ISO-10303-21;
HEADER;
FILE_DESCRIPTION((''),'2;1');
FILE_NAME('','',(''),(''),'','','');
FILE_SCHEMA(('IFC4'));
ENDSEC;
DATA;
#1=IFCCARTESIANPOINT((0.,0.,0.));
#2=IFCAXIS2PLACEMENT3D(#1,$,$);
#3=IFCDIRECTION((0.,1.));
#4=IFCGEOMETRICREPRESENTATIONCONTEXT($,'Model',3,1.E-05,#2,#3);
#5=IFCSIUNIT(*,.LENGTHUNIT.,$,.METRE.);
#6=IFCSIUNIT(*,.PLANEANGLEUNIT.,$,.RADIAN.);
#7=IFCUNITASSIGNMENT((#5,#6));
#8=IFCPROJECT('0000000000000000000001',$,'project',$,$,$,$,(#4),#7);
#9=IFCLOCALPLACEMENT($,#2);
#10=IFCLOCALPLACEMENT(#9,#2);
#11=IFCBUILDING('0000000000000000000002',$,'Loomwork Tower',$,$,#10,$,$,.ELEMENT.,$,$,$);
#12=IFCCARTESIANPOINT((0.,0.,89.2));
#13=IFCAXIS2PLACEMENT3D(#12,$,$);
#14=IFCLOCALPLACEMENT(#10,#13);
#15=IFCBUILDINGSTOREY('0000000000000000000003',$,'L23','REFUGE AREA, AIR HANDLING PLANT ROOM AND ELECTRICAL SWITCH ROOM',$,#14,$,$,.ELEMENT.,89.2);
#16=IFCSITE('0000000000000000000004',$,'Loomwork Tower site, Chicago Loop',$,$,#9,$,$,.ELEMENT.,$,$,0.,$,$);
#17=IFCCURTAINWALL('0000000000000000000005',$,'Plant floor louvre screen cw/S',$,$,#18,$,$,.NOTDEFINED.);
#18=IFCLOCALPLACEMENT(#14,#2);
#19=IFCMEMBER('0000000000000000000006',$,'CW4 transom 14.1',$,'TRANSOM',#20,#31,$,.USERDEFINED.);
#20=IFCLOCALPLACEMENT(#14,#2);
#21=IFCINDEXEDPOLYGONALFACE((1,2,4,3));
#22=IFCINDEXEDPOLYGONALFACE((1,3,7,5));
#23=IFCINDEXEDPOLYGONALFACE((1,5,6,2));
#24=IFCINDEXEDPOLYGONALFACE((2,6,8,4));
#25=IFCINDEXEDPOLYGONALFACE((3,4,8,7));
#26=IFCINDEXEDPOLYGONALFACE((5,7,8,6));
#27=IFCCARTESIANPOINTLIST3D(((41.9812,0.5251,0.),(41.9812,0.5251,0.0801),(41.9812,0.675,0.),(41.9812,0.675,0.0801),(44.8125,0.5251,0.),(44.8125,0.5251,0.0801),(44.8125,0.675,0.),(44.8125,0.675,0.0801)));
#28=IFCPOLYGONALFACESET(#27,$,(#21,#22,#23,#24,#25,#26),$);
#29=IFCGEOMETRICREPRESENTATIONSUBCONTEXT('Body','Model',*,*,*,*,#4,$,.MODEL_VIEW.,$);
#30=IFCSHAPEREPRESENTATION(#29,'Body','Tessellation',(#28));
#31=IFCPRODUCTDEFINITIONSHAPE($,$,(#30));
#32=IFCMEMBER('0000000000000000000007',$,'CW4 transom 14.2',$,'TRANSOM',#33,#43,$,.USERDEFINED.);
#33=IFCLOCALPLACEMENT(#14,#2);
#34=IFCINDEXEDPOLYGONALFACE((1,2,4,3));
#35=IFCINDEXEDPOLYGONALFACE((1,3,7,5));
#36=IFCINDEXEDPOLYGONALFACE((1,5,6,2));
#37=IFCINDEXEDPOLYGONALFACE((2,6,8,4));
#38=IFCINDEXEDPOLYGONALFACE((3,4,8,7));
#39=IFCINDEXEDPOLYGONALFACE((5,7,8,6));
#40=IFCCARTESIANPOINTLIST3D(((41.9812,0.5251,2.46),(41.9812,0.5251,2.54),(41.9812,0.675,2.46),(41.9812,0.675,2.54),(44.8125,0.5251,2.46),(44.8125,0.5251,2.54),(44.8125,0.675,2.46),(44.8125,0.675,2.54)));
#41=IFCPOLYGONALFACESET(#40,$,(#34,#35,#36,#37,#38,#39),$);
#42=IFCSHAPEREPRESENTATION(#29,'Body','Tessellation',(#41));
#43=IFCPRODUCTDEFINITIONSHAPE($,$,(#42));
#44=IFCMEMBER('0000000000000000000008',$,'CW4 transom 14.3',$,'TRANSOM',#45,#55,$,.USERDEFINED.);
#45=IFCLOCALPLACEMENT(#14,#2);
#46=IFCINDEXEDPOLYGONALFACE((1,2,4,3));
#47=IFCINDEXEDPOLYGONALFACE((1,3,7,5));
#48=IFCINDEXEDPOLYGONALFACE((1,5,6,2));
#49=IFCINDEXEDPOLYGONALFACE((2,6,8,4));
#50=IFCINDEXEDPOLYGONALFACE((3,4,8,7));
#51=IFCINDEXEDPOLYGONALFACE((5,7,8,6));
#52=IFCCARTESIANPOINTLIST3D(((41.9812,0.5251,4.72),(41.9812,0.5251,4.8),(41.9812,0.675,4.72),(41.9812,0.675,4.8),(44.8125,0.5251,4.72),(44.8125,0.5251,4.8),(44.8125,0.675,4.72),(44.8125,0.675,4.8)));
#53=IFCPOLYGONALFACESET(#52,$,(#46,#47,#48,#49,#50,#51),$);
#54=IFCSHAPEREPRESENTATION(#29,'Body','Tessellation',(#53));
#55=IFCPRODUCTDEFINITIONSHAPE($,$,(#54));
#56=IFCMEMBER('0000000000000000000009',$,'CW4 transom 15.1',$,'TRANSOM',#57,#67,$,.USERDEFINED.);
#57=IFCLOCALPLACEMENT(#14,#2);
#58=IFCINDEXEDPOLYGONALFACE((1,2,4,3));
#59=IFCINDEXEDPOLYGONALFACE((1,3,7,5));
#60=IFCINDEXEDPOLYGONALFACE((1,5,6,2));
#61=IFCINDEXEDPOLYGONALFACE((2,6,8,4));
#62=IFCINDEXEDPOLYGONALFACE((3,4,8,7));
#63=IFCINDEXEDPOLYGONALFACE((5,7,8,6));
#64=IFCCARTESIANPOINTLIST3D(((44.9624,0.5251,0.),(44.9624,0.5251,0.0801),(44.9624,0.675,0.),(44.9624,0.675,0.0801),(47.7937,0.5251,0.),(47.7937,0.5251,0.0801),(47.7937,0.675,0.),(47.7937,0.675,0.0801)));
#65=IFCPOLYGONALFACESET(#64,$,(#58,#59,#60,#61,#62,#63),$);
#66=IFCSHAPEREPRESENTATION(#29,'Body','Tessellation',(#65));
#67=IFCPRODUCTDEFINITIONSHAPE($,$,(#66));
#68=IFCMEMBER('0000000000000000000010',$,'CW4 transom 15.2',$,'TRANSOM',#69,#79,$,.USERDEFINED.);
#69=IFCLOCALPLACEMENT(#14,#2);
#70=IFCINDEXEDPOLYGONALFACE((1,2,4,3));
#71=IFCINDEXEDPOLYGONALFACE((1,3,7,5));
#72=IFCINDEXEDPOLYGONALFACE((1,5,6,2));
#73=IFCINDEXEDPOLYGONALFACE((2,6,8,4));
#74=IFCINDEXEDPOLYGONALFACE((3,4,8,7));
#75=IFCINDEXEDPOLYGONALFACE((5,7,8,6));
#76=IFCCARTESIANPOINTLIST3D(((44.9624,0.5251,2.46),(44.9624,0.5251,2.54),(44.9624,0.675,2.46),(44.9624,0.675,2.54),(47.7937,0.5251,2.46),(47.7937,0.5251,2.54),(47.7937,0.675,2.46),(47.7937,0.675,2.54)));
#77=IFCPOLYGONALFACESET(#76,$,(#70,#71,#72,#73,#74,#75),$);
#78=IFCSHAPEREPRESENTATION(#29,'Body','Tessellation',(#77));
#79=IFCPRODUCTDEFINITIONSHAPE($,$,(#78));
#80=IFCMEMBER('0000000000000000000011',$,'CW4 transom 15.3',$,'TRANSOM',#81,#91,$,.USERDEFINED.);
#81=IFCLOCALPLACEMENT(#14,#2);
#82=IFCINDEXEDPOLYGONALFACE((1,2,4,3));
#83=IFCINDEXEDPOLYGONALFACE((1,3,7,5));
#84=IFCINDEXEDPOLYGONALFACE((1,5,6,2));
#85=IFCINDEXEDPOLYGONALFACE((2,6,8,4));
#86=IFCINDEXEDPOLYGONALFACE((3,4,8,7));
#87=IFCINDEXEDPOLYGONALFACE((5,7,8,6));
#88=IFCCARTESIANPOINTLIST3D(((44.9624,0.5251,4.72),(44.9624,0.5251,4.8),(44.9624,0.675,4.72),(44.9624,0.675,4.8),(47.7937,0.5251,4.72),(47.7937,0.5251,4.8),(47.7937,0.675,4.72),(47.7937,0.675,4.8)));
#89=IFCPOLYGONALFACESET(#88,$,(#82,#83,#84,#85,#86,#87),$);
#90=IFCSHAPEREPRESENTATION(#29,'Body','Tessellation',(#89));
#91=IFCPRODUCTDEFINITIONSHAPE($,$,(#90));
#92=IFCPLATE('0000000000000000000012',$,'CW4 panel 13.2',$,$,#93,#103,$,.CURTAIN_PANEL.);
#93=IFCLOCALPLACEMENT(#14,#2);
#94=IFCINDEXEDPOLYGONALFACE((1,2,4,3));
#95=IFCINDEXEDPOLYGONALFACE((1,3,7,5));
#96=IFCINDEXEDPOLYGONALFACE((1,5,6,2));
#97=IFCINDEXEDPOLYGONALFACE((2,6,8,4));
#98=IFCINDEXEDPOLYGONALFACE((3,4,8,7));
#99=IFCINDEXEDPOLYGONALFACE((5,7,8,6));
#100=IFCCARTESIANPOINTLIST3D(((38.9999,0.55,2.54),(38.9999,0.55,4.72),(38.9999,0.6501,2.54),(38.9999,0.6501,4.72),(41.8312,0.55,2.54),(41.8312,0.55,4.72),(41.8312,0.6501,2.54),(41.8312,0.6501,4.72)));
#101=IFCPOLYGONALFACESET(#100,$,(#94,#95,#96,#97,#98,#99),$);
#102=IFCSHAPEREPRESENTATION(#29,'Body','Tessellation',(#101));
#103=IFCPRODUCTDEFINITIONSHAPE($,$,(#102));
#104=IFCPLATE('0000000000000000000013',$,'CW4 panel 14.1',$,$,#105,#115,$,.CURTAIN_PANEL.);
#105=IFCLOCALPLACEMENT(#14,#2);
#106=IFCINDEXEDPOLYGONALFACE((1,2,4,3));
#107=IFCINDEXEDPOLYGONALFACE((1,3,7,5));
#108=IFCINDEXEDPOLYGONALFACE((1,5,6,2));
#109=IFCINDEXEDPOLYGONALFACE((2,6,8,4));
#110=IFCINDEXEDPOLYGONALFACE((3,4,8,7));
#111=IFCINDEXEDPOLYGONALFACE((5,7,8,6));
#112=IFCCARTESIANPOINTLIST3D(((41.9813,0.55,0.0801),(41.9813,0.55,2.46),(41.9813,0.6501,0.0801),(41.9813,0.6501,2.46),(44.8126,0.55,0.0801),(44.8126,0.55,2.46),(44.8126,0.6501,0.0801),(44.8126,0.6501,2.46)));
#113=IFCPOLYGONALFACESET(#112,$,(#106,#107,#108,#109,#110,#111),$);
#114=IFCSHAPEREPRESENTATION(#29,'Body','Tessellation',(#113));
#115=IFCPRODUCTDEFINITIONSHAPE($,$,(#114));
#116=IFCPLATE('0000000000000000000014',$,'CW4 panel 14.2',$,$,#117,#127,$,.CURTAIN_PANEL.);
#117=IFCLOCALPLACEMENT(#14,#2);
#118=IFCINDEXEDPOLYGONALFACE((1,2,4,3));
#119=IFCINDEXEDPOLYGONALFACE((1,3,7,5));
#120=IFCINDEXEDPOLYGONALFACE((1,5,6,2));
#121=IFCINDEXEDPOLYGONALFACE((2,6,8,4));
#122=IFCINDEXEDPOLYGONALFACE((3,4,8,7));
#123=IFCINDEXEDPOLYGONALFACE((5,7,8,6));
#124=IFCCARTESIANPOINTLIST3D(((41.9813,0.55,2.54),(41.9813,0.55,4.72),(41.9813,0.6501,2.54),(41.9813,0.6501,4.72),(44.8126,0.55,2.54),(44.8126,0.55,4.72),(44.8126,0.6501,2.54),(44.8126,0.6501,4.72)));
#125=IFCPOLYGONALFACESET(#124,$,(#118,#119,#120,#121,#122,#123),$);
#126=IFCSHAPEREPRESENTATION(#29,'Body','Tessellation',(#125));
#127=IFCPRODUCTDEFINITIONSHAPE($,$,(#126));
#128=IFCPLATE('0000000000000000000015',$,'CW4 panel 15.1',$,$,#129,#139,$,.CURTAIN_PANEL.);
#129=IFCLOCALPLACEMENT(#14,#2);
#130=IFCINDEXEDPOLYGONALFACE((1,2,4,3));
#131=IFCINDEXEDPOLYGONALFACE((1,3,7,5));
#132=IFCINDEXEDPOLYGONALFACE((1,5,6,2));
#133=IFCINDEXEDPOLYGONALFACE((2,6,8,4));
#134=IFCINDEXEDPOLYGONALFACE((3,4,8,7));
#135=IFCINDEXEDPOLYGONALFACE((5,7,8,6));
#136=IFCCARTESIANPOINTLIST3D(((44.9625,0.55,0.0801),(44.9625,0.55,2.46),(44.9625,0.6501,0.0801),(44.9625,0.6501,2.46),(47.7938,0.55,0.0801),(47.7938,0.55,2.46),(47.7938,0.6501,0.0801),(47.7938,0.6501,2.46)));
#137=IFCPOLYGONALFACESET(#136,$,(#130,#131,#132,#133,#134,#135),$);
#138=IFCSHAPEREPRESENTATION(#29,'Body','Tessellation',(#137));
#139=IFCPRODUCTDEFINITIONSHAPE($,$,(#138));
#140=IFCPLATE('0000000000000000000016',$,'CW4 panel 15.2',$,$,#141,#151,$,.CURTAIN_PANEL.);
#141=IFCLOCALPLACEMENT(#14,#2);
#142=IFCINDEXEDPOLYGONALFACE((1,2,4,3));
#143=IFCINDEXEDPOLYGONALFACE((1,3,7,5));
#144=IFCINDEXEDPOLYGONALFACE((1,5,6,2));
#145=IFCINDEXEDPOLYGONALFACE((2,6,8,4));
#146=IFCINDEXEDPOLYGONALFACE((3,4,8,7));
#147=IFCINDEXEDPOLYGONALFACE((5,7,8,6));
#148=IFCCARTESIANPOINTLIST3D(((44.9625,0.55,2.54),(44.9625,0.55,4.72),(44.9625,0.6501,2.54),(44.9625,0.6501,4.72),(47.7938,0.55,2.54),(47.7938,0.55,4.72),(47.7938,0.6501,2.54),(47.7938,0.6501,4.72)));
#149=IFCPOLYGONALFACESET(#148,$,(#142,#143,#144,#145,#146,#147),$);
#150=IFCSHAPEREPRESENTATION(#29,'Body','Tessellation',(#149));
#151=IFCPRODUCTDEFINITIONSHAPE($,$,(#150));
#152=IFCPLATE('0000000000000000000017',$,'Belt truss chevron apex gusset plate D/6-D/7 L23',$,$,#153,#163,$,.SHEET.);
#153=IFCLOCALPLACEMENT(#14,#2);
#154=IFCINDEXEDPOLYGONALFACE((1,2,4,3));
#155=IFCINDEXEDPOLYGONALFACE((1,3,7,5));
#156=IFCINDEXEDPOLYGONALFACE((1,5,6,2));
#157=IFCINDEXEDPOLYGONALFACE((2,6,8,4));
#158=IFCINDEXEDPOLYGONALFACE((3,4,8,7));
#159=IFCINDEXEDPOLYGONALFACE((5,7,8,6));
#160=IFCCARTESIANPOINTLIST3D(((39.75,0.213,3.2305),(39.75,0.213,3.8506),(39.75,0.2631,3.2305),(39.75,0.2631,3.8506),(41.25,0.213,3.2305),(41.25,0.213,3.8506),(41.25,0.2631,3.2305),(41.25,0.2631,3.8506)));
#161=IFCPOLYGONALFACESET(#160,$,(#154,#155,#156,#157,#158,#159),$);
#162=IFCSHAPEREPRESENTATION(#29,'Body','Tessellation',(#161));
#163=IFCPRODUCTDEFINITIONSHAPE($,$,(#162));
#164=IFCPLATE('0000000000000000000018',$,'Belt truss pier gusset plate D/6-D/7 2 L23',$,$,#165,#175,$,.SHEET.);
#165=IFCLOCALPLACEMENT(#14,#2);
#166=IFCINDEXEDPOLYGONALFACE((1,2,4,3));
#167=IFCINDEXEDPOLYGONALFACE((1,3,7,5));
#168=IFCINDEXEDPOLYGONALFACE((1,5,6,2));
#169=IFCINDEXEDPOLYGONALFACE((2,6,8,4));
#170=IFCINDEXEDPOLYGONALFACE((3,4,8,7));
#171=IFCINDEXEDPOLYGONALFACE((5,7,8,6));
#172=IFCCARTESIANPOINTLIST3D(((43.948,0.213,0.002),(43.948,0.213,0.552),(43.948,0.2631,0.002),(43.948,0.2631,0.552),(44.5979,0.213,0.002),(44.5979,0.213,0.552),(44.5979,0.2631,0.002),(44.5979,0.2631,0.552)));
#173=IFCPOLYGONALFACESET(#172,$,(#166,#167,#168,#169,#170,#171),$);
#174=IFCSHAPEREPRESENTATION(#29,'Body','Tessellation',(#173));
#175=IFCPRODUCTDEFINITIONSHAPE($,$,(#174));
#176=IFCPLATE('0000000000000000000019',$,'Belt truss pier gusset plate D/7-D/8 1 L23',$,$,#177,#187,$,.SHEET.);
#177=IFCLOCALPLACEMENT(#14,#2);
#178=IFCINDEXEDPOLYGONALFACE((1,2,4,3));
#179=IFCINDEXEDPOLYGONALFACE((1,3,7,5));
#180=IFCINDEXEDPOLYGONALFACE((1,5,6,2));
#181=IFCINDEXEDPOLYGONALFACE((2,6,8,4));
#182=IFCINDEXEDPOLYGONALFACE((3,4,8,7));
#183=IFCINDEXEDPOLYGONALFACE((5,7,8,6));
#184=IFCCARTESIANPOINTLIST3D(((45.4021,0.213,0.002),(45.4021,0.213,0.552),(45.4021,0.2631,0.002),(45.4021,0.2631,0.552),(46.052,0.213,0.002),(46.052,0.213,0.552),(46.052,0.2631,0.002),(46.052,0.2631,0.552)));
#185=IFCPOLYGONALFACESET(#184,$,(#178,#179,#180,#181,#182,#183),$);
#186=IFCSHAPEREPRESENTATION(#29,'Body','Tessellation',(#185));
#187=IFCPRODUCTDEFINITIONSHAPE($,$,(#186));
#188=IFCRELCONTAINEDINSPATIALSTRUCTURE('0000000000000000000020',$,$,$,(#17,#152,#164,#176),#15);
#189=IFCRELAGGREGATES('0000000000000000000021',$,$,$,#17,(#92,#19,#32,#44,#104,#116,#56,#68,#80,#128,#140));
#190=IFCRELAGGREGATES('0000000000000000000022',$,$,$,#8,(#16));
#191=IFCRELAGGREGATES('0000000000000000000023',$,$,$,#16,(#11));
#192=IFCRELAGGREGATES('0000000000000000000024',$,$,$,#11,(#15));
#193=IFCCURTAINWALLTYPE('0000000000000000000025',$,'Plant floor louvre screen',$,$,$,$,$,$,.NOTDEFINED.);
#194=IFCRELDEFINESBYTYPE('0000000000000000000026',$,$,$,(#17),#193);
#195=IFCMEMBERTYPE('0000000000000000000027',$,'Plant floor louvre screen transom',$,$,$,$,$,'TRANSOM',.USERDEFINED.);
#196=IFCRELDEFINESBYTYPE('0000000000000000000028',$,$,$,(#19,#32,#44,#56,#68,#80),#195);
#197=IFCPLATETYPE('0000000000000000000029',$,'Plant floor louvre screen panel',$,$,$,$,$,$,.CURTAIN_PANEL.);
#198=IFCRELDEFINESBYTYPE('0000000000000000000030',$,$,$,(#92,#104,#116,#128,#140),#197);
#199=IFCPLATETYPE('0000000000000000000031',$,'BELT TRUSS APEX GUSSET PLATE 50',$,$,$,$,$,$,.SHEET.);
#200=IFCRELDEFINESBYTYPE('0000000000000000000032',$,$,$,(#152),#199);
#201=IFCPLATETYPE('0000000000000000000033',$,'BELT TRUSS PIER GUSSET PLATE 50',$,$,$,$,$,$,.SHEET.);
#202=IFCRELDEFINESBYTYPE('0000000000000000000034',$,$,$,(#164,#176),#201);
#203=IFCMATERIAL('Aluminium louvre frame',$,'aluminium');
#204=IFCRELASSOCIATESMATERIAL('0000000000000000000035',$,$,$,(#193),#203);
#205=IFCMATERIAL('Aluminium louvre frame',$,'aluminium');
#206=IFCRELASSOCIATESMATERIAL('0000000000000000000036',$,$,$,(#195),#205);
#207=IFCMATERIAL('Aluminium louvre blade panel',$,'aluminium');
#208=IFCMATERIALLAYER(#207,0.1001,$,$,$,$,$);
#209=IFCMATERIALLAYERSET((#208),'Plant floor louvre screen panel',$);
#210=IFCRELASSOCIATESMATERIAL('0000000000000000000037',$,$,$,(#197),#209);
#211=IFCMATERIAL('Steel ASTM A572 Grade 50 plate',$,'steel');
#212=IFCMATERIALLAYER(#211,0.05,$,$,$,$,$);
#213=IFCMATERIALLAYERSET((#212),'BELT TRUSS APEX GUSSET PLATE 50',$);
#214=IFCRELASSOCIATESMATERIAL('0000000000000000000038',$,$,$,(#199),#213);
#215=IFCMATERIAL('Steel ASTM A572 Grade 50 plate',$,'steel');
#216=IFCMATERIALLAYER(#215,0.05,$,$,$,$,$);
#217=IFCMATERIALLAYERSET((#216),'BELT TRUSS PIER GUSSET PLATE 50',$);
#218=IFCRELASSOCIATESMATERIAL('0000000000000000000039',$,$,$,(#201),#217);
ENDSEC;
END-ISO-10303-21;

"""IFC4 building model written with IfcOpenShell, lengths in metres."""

from ifc_helpers import new_model, si_unit, direction, frame, origin, origin_2d, place, context, subcontext, project, spatial, rectangle, extrude, material, layer, layer_set, material_profile, profile_set, type_object, element, aggregate, save


model = new_model("IFC4")

# Units and contexts
model_context = context("Model", 3, precision=1e-05, world=origin(), true_north=direction((0.0, 1.0)))
body_context = subcontext(model_context, "Body", "Model", "MODEL_VIEW")
ifc_project = project(units=[si_unit("LENGTHUNIT", "METRE"), si_unit("PLANEANGLEUNIT", "RADIAN")], contexts=[model_context])

# Site, building, storey
site_placement = place(None, origin())
site = spatial("IfcSite", under=ifc_project, at=site_placement, Name="Loomwork Tower site, Chicago Loop", CompositionType="ELEMENT", RefElevation=0.0)
building_placement = place(site_placement, origin())
building = spatial("IfcBuilding", under=site, at=building_placement, Name="Loomwork Tower", CompositionType="ELEMENT")
storey_placement = place(building_placement, frame((0.0, 0.0, 89.2)))
storey = spatial("IfcBuildingStorey", under=building, at=storey_placement, Name="L23", Description="REFUGE AREA, AIR HANDLING PLANT ROOM AND ELECTRICAL SWITCH ROOM", CompositionType="ELEMENT", Elevation=89.2)

# Curtain wall, members, plates
ifc_material_1 = material(Name="Aluminium louvre frame", Category="aluminium")
curtain_wall_type = type_object("IfcCurtainWallType", Name="Plant floor louvre screen", PredefinedType="NOTDEFINED", material=ifc_material_1)
curtain_wall_placement = place(storey_placement, origin())
curtain_wall = element("IfcCurtainWall", 1, at=curtain_wall_placement, inside=storey, type_object=curtain_wall_type, Name="Plant floor louvre screen cw/S", PredefinedType="NOTDEFINED")
ifc_material_2 = material(Name="Aluminium louvre frame", Category="aluminium")
ifc_material_profile_1 = material_profile(ifc_material_2, rectangle(XDim=0.1499, YDim=0.0801, at=origin_2d()), Name="AL 80x150")
ifc_profile_set_1 = profile_set([ifc_material_profile_1], Name="Aluminium louvre frame")
member_type_1 = type_object("IfcMemberType", Name="Plant floor louvre screen transom", ElementType="TRANSOM", PredefinedType="USERDEFINED", material=ifc_profile_set_1)
member_1_placement = place(storey_placement, frame((41.9812, 0.6001, 0.04), z_axis=(1.0, 0.0, 0.0), x_axis=(0.0, 1.0, 0.0)))
member_1 = element("IfcMember", 2, at=member_1_placement, type_object=member_type_1, Name="CW4 transom 14.1", ObjectType="TRANSOM", PredefinedType="USERDEFINED", context=body_context, shape_type="SweptSolid", body=[
    extrude(rectangle(XDim=0.1499, YDim=0.0801, at=origin_2d()), origin(), (0.0, 0.0, 1.0), 2.8313),
])
member_2_placement = place(storey_placement, frame((41.9812, 0.6001, 2.5), z_axis=(1.0, 0.0, 0.0), x_axis=(0.0, 1.0, 0.0)))
member_2 = element("IfcMember", 3, at=member_2_placement, type_object=member_type_1, Name="CW4 transom 14.2", ObjectType="TRANSOM", PredefinedType="USERDEFINED", context=body_context, shape_type="SweptSolid", body=[
    extrude(rectangle(XDim=0.1499, YDim=0.0801, at=origin_2d()), origin(), (0.0, 0.0, 1.0), 2.8313),
])
member_3_placement = place(storey_placement, frame((41.9812, 0.6001, 4.76), z_axis=(1.0, 0.0, 0.0), x_axis=(0.0, 1.0, 0.0)))
member_3 = element("IfcMember", 4, at=member_3_placement, type_object=member_type_1, Name="CW4 transom 14.3", ObjectType="TRANSOM", PredefinedType="USERDEFINED", context=body_context, shape_type="SweptSolid", body=[
    extrude(rectangle(XDim=0.1499, YDim=0.0801, at=origin_2d()), origin(), (0.0, 0.0, 1.0), 2.8313),
])
member_4_placement = place(storey_placement, frame((44.9624, 0.6001, 0.04), z_axis=(1.0, 0.0, 0.0), x_axis=(0.0, 1.0, 0.0)))
member_4 = element("IfcMember", 5, at=member_4_placement, type_object=member_type_1, Name="CW4 transom 15.1", ObjectType="TRANSOM", PredefinedType="USERDEFINED", context=body_context, shape_type="SweptSolid", body=[
    extrude(rectangle(XDim=0.1499, YDim=0.0801, at=origin_2d()), origin(), (0.0, 0.0, 1.0), 2.8313),
])
member_5_placement = place(storey_placement, frame((44.9624, 0.6001, 2.5), z_axis=(1.0, 0.0, 0.0), x_axis=(0.0, 1.0, 0.0)))
member_5 = element("IfcMember", 6, at=member_5_placement, type_object=member_type_1, Name="CW4 transom 15.2", ObjectType="TRANSOM", PredefinedType="USERDEFINED", context=body_context, shape_type="SweptSolid", body=[
    extrude(rectangle(XDim=0.1499, YDim=0.0801, at=origin_2d()), origin(), (0.0, 0.0, 1.0), 2.8313),
])
member_6_placement = place(storey_placement, frame((44.9624, 0.6001, 4.76), z_axis=(1.0, 0.0, 0.0), x_axis=(0.0, 1.0, 0.0)))
member_6 = element("IfcMember", 7, at=member_6_placement, type_object=member_type_1, Name="CW4 transom 15.3", ObjectType="TRANSOM", PredefinedType="USERDEFINED", context=body_context, shape_type="SweptSolid", body=[
    extrude(rectangle(XDim=0.1499, YDim=0.0801, at=origin_2d()), origin(), (0.0, 0.0, 1.0), 2.8313),
])
ifc_material_3 = material(Name="Aluminium louvre blade panel", Category="aluminium")
ifc_layer_1 = layer(ifc_material_3, 0.1001)
ifc_layer_set_1 = layer_set([ifc_layer_1], Name="Plant floor louvre screen panel")
plate_type_1 = type_object("IfcPlateType", Name="Plant floor louvre screen panel", PredefinedType="CURTAIN_PANEL", material=ifc_layer_set_1)
plate_1_placement = place(storey_placement, frame((40.4155, 0.6001, 2.54), z_axis=(0.0, 0.0, 1.0), x_axis=(1.0, 0.0, 0.0)))
plate_1 = element("IfcPlate", 8, at=plate_1_placement, type_object=plate_type_1, Name="CW4 panel 13.2", PredefinedType="CURTAIN_PANEL", context=body_context, shape_type="SweptSolid", body=[
    extrude(rectangle(XDim=2.8313, YDim=0.1001, at=origin_2d()), origin(), (0.0, 0.0, 1.0), 2.1799),
])
plate_2_placement = place(storey_placement, frame((43.397, 0.6001, 0.0801), z_axis=(0.0, 0.0, 1.0), x_axis=(1.0, 0.0, 0.0)))
plate_2 = element("IfcPlate", 9, at=plate_2_placement, type_object=plate_type_1, Name="CW4 panel 14.1", PredefinedType="CURTAIN_PANEL", context=body_context, shape_type="SweptSolid", body=[
    extrude(rectangle(XDim=2.8313, YDim=0.1001, at=origin_2d()), origin(), (0.0, 0.0, 1.0), 2.3799),
])
plate_3_placement = place(storey_placement, frame((43.397, 0.6001, 2.54), z_axis=(0.0, 0.0, 1.0), x_axis=(1.0, 0.0, 0.0)))
plate_3 = element("IfcPlate", 10, at=plate_3_placement, type_object=plate_type_1, Name="CW4 panel 14.2", PredefinedType="CURTAIN_PANEL", context=body_context, shape_type="SweptSolid", body=[
    extrude(rectangle(XDim=2.8313, YDim=0.1001, at=origin_2d()), origin(), (0.0, 0.0, 1.0), 2.1799),
])
plate_4_placement = place(storey_placement, frame((46.3782, 0.6001, 0.0801), z_axis=(0.0, 0.0, 1.0), x_axis=(1.0, 0.0, 0.0)))
plate_4 = element("IfcPlate", 11, at=plate_4_placement, type_object=plate_type_1, Name="CW4 panel 15.1", PredefinedType="CURTAIN_PANEL", context=body_context, shape_type="SweptSolid", body=[
    extrude(rectangle(XDim=2.8313, YDim=0.1001, at=origin_2d()), origin(), (0.0, 0.0, 1.0), 2.3799),
])
plate_5_placement = place(storey_placement, frame((46.3782, 0.6001, 2.54), z_axis=(0.0, 0.0, 1.0), x_axis=(1.0, 0.0, 0.0)))
plate_5 = element("IfcPlate", 12, at=plate_5_placement, type_object=plate_type_1, Name="CW4 panel 15.2", PredefinedType="CURTAIN_PANEL", context=body_context, shape_type="SweptSolid", body=[
    extrude(rectangle(XDim=2.8313, YDim=0.1001, at=origin_2d()), origin(), (0.0, 0.0, 1.0), 2.1799),
])
aggregate(curtain_wall, [plate_1, member_1, member_2, member_3, plate_2, plate_3, member_4, member_5, member_6, plate_4, plate_5])

# Plates
ifc_material_4 = material(Name="Steel ASTM A572 Grade 50 plate", Category="steel")
ifc_layer_2 = layer(ifc_material_4, 0.05)
ifc_layer_set_2 = layer_set([ifc_layer_2], Name="BELT TRUSS APEX GUSSET PLATE 50")
plate_type_2 = type_object("IfcPlateType", Name="BELT TRUSS APEX GUSSET PLATE 50", PredefinedType="SHEET", material=ifc_layer_set_2)
plate_6_placement = place(storey_placement, frame((40.5, 0.238, 3.2305), z_axis=(0.0, 0.0, 1.0), x_axis=(1.0, 0.0, 0.0)))
element("IfcPlate", 13, at=plate_6_placement, inside=storey, type_object=plate_type_2, Name="Belt truss chevron apex gusset plate D/6-D/7 L23", PredefinedType="SHEET", context=body_context, shape_type="SweptSolid", body=[
    extrude(rectangle(XDim=1.5, YDim=0.05, at=origin_2d()), origin(), (0.0, 0.0, 1.0), 0.6201),
])
ifc_material_5 = material(Name="Steel ASTM A572 Grade 50 plate", Category="steel")
ifc_layer_3 = layer(ifc_material_5, 0.05)
ifc_layer_set_3 = layer_set([ifc_layer_3], Name="BELT TRUSS PIER GUSSET PLATE 50")
plate_type_3 = type_object("IfcPlateType", Name="BELT TRUSS PIER GUSSET PLATE 50", PredefinedType="SHEET", material=ifc_layer_set_3)
for number, where, z_axis, x_axis, name in (
    (14, (44.2729, 0.238, 0.002), (0.0, 0.0, 1.0), (1.0, 0.0, 0.0), "Belt truss pier gusset plate D/6-D/7 2 L23"),
    (15, (45.7271, 0.238, 0.002), (0.0, 0.0, 1.0), (1.0, 0.0, 0.0), "Belt truss pier gusset plate D/7-D/8 1 L23"),
):
    element("IfcPlate", number, at=place(storey_placement, frame(where, z_axis=z_axis, x_axis=x_axis)), inside=storey, type_object=plate_type_3, Name=name, PredefinedType="SHEET", context=body_context, shape_type="SweptSolid", body=[
        extrude(rectangle(XDim=0.6499, YDim=0.05, at=origin_2d()), origin(), (0.0, 0.0, 1.0), 0.55),
    ])

save(model, "model.ifc")
